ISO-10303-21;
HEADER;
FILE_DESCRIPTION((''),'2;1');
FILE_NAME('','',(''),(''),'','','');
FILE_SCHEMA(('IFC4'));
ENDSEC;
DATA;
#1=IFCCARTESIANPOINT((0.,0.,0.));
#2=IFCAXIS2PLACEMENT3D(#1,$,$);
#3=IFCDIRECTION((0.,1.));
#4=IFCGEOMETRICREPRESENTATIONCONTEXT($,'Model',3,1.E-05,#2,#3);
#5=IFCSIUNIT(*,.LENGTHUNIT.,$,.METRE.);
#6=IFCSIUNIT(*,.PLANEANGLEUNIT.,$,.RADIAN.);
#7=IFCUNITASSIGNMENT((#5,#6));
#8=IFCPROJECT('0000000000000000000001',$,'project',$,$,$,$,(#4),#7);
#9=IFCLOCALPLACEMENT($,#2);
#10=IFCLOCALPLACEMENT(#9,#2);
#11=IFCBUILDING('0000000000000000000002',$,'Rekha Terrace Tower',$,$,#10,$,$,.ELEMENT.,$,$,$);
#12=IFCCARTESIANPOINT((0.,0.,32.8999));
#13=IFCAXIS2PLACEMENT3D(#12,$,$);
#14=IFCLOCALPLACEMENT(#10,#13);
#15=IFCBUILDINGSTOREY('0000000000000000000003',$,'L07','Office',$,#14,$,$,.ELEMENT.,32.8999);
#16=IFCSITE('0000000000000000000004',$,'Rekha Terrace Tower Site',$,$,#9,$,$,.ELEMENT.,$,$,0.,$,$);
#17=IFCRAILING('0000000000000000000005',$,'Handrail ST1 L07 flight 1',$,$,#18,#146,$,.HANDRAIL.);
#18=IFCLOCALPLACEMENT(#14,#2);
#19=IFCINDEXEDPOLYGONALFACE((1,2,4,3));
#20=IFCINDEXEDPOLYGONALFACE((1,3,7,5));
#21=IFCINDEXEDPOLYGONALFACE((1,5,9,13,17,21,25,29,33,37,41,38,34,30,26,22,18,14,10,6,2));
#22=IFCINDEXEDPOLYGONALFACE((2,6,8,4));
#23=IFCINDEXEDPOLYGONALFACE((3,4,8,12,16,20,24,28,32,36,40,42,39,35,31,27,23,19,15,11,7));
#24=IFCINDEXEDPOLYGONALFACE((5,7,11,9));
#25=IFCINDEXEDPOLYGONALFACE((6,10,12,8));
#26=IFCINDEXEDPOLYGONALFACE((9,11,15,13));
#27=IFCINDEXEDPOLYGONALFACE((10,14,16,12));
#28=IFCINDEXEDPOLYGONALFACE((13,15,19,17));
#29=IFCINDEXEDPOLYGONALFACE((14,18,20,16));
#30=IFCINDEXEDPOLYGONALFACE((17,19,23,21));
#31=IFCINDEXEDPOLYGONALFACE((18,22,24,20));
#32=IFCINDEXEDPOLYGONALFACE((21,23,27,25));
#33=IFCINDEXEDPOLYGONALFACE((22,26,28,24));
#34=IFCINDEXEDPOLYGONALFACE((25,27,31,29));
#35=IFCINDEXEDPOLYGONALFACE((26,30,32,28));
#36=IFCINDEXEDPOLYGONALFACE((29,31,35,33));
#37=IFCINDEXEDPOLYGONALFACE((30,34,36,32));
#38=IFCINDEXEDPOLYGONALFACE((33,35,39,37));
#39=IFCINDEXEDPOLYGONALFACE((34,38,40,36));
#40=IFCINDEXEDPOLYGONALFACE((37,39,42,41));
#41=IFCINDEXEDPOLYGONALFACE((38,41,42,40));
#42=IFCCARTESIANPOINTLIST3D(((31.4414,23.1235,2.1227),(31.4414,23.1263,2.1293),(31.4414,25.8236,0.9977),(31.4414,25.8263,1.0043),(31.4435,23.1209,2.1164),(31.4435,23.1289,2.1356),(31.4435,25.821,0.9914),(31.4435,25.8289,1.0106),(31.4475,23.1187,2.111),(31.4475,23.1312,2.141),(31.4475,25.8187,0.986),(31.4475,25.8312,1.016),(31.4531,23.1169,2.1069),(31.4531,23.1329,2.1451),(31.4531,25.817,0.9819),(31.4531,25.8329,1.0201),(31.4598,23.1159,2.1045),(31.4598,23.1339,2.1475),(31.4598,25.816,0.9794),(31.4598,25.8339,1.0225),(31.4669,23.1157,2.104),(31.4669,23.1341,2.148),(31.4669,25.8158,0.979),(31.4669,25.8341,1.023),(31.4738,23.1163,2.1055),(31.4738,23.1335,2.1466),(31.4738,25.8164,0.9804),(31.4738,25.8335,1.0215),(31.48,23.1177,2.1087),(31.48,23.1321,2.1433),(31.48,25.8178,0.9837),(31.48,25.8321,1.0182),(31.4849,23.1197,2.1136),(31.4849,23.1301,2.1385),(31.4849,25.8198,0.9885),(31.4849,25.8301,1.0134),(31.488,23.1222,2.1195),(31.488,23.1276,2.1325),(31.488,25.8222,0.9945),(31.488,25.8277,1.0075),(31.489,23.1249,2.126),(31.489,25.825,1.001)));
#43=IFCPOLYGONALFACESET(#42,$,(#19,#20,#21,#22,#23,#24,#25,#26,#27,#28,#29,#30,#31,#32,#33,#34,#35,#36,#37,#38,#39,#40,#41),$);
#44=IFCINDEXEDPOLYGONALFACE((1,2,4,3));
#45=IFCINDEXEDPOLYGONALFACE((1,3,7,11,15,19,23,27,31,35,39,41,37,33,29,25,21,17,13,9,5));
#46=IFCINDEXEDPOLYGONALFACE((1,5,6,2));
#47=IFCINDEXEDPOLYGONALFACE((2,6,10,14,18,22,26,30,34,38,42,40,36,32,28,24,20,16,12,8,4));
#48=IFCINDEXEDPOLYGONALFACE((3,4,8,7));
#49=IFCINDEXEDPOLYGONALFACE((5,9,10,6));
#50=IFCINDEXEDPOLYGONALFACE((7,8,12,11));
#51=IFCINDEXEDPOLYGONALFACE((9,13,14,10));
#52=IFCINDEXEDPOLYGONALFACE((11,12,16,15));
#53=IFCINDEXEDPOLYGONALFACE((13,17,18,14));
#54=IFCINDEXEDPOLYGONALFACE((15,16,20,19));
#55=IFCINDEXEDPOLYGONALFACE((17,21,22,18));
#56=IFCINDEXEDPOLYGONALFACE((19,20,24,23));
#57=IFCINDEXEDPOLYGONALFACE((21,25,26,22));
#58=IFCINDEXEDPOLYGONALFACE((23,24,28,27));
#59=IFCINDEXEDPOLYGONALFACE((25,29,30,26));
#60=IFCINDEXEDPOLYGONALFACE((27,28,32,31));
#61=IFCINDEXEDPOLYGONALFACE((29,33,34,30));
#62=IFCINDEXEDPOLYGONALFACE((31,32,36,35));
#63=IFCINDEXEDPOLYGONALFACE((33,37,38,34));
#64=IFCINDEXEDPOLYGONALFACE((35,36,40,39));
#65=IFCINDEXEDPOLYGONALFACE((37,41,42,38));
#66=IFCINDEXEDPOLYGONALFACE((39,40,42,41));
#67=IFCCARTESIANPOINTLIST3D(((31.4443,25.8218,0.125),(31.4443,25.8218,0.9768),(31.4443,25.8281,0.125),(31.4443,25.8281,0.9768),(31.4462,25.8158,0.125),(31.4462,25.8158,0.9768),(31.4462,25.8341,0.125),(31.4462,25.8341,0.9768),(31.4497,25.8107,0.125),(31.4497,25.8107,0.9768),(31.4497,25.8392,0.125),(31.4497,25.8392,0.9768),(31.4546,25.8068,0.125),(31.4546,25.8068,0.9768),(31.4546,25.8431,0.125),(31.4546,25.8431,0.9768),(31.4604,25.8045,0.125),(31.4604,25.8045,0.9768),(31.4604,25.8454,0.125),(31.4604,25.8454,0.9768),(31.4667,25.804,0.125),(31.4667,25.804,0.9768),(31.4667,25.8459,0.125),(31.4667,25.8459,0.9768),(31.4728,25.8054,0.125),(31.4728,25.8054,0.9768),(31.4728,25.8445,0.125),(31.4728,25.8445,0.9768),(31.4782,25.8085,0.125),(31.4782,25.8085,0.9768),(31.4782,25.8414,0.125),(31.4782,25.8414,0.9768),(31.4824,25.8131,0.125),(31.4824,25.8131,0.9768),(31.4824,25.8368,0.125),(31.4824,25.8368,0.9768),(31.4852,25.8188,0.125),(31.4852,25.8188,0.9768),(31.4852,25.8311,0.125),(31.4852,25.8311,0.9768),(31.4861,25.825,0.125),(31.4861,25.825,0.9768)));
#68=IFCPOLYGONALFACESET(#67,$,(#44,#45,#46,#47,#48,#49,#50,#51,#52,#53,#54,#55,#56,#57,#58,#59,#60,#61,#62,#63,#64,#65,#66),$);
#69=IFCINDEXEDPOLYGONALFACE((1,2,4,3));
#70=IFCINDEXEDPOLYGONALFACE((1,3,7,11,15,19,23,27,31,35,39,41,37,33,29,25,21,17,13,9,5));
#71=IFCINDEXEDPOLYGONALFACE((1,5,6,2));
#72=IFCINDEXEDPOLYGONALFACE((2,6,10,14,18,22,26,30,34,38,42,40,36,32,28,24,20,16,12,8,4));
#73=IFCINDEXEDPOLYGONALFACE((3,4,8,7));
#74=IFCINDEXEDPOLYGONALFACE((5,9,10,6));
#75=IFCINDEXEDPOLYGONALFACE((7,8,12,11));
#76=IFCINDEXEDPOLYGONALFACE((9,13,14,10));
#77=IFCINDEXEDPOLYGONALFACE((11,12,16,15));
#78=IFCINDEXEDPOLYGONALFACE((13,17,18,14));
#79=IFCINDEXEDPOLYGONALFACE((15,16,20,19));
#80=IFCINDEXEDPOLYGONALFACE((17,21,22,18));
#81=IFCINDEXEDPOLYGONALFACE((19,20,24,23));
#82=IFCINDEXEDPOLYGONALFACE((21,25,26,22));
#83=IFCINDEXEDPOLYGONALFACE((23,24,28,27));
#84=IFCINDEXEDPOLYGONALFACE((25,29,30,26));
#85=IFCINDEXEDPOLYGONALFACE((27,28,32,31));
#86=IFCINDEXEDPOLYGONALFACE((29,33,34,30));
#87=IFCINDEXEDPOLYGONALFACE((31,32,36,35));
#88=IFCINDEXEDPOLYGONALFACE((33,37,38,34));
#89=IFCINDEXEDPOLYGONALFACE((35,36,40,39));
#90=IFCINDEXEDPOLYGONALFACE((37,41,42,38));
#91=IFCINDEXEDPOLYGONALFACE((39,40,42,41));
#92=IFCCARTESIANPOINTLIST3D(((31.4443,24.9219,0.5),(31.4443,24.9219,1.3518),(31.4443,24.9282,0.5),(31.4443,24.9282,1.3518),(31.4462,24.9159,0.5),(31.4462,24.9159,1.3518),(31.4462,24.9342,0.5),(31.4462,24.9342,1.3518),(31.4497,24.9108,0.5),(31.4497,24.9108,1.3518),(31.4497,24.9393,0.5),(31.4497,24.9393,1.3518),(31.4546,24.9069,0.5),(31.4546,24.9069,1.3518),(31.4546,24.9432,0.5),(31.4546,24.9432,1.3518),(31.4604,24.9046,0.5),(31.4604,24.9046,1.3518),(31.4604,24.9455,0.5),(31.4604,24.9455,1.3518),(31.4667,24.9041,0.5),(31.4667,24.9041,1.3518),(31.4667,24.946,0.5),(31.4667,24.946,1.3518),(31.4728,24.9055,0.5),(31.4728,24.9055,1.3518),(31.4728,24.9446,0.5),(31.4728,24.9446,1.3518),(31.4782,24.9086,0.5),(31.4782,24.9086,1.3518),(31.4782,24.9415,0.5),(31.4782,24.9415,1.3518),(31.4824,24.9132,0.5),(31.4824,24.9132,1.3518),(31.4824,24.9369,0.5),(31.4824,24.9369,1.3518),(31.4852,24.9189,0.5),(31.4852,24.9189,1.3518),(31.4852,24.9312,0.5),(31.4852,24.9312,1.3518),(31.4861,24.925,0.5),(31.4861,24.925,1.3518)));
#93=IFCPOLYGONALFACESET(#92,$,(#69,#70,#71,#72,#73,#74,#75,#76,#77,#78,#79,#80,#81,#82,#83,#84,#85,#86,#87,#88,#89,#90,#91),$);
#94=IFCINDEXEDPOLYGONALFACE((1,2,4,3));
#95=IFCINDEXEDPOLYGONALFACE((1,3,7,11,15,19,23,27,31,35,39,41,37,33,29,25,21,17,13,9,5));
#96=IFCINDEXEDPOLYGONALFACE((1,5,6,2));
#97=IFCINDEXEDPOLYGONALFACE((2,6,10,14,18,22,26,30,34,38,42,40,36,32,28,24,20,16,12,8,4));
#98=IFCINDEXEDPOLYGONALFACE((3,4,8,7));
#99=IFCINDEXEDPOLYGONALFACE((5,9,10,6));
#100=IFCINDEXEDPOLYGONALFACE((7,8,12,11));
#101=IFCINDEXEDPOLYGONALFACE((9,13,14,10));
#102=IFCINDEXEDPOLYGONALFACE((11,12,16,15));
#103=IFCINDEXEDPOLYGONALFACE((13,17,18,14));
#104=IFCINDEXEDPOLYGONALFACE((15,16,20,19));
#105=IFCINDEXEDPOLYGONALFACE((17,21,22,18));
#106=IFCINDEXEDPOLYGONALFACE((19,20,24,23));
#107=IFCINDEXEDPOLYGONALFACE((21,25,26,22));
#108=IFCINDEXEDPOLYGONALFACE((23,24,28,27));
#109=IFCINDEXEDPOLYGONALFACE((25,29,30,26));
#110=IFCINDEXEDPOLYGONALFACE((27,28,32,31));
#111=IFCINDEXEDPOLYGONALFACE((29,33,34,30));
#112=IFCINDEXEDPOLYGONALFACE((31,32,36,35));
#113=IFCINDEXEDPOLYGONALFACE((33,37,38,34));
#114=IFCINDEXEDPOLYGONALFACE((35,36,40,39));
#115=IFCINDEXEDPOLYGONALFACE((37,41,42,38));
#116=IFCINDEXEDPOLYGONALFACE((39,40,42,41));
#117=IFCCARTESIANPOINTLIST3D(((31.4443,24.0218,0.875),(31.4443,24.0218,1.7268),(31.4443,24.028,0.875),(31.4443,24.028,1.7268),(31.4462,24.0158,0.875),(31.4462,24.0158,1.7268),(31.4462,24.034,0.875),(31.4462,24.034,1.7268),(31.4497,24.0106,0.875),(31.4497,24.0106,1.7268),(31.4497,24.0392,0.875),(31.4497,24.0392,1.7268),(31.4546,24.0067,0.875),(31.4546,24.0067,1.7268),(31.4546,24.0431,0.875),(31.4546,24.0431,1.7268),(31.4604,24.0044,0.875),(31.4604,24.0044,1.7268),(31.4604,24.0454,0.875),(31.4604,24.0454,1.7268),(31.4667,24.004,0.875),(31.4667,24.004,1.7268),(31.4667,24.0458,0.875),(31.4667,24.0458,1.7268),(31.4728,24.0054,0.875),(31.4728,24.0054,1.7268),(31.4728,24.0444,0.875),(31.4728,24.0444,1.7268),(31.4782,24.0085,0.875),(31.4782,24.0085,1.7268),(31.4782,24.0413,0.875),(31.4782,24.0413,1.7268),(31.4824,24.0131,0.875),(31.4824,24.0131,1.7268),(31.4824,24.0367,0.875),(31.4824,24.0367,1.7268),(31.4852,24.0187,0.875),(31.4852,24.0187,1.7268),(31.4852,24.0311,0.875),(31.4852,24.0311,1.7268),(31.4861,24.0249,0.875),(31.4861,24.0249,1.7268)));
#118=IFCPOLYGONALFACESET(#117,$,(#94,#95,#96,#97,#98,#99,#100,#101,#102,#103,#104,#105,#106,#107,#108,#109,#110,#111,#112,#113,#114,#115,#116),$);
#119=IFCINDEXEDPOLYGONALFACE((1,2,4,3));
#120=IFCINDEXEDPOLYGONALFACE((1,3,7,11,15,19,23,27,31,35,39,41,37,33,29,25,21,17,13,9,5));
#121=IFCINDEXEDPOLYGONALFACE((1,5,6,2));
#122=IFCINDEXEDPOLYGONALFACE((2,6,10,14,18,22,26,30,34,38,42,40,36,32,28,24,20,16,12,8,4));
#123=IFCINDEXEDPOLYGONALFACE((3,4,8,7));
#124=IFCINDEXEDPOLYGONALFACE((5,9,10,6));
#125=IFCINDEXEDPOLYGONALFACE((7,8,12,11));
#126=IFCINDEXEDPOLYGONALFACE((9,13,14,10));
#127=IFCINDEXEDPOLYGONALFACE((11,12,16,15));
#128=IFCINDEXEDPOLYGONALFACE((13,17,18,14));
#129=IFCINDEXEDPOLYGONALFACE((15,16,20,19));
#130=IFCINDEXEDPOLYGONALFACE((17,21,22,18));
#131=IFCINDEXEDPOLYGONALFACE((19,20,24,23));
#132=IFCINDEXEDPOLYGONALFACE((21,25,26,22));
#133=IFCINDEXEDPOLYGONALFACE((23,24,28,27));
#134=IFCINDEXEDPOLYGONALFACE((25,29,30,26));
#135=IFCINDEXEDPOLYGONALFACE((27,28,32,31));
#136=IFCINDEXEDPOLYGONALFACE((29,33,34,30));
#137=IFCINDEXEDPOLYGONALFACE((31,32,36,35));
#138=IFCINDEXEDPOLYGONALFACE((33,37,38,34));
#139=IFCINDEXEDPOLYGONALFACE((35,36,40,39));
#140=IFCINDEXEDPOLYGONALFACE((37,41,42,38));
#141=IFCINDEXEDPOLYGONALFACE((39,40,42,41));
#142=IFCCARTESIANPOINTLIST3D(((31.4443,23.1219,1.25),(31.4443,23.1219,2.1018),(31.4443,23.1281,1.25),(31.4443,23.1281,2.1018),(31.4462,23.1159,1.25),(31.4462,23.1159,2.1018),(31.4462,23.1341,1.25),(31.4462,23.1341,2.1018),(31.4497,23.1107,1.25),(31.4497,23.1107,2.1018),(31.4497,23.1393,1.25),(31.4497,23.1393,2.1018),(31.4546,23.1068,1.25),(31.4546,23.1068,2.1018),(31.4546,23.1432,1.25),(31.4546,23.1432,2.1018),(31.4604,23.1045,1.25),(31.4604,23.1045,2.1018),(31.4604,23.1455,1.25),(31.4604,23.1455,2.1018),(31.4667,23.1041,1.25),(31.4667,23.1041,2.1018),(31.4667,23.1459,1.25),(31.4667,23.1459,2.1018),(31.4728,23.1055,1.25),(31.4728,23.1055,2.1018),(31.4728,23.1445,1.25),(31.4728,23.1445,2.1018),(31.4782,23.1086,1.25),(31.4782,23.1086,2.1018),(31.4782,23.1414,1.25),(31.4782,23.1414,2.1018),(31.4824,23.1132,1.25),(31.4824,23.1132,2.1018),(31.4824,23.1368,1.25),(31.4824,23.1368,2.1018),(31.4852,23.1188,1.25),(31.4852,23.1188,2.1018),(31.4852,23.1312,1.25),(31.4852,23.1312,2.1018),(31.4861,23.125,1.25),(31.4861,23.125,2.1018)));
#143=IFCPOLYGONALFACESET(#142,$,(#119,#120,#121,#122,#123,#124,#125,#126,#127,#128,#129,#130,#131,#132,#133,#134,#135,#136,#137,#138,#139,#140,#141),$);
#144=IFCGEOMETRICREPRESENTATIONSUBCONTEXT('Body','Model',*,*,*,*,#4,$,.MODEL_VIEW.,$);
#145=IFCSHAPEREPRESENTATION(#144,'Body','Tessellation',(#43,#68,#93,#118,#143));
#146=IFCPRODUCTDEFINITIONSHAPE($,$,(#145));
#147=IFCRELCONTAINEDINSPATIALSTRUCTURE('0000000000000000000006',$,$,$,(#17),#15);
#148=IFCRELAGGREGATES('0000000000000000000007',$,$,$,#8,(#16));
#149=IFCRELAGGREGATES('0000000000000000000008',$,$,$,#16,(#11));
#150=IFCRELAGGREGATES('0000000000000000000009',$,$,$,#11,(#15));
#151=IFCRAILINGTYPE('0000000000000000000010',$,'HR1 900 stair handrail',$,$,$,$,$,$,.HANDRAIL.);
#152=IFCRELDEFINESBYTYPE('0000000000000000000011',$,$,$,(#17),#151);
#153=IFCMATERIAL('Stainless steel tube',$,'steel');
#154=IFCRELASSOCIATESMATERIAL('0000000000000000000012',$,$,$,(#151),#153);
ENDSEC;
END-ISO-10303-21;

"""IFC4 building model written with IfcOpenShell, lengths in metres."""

from ifc_helpers import new_model, si_unit, direction, frame, origin, origin_2d, place, context, subcontext, project, spatial, circle, extrude, material, type_object, element, save


model = new_model("IFC4")

# Units and contexts
model_context = context("Model", 3, precision=1e-05, world=origin(), true_north=direction((0.0, 1.0)))
body_context = subcontext(model_context, "Body", "Model", "MODEL_VIEW")
ifc_project = project(units=[si_unit("LENGTHUNIT", "METRE"), si_unit("PLANEANGLEUNIT", "RADIAN")], contexts=[model_context])

# Site, building, storey
site_placement = place(None, origin())
site = spatial("IfcSite", under=ifc_project, at=site_placement, Name="Rekha Terrace Tower Site", CompositionType="ELEMENT", RefElevation=0.0)
building_placement = place(site_placement, origin())
building = spatial("IfcBuilding", under=site, at=building_placement, Name="Rekha Terrace Tower", CompositionType="ELEMENT")
storey_placement = place(building_placement, frame((0.0, 0.0, 32.8999)))
storey = spatial("IfcBuildingStorey", under=building, at=storey_placement, Name="L07", Description="Office", CompositionType="ELEMENT", Elevation=32.8999)

# Railing
ifc_material_1 = material(Name="Stainless steel tube", Category="steel")
railing_type = type_object("IfcRailingType", Name="HR1 900 stair handrail", PredefinedType="HANDRAIL", material=ifc_material_1)
railing_placement = place(storey_placement, frame((31.4651, 25.825, 0.125)))
element("IfcRailing", 1, at=railing_placement, inside=storey, type_object=railing_type, Name="Handrail ST1 L07 flight 1", PredefinedType="HANDRAIL", context=body_context, shape_type="SweptSolid", body=[
    extrude(circle(Radius=0.0239, at=origin_2d()), frame((0.0, 0.0, 0.876), z_axis=(0.0, -0.923074, 0.384621), x_axis=(1.0, 0.0, 0.0)), (0.0, 0.0, 1.0), 2.925),
    extrude(circle(Radius=0.021, at=origin_2d()), origin(), (0.0, 0.0, 1.0), 0.8518),
    extrude(circle(Radius=0.021, at=origin_2d()), frame((0.0, -0.8999, 0.375)), (0.0, 0.0, 1.0), 0.8518),
    extrude(circle(Radius=0.021, at=origin_2d()), frame((0.0, -1.8, 0.75)), (0.0, 0.0, 1.0), 0.8518),
    extrude(circle(Radius=0.021, at=origin_2d()), frame((0.0, -2.7, 1.125)), (0.0, 0.0, 1.0), 0.8518),
])

save(model, "model.ifc")
